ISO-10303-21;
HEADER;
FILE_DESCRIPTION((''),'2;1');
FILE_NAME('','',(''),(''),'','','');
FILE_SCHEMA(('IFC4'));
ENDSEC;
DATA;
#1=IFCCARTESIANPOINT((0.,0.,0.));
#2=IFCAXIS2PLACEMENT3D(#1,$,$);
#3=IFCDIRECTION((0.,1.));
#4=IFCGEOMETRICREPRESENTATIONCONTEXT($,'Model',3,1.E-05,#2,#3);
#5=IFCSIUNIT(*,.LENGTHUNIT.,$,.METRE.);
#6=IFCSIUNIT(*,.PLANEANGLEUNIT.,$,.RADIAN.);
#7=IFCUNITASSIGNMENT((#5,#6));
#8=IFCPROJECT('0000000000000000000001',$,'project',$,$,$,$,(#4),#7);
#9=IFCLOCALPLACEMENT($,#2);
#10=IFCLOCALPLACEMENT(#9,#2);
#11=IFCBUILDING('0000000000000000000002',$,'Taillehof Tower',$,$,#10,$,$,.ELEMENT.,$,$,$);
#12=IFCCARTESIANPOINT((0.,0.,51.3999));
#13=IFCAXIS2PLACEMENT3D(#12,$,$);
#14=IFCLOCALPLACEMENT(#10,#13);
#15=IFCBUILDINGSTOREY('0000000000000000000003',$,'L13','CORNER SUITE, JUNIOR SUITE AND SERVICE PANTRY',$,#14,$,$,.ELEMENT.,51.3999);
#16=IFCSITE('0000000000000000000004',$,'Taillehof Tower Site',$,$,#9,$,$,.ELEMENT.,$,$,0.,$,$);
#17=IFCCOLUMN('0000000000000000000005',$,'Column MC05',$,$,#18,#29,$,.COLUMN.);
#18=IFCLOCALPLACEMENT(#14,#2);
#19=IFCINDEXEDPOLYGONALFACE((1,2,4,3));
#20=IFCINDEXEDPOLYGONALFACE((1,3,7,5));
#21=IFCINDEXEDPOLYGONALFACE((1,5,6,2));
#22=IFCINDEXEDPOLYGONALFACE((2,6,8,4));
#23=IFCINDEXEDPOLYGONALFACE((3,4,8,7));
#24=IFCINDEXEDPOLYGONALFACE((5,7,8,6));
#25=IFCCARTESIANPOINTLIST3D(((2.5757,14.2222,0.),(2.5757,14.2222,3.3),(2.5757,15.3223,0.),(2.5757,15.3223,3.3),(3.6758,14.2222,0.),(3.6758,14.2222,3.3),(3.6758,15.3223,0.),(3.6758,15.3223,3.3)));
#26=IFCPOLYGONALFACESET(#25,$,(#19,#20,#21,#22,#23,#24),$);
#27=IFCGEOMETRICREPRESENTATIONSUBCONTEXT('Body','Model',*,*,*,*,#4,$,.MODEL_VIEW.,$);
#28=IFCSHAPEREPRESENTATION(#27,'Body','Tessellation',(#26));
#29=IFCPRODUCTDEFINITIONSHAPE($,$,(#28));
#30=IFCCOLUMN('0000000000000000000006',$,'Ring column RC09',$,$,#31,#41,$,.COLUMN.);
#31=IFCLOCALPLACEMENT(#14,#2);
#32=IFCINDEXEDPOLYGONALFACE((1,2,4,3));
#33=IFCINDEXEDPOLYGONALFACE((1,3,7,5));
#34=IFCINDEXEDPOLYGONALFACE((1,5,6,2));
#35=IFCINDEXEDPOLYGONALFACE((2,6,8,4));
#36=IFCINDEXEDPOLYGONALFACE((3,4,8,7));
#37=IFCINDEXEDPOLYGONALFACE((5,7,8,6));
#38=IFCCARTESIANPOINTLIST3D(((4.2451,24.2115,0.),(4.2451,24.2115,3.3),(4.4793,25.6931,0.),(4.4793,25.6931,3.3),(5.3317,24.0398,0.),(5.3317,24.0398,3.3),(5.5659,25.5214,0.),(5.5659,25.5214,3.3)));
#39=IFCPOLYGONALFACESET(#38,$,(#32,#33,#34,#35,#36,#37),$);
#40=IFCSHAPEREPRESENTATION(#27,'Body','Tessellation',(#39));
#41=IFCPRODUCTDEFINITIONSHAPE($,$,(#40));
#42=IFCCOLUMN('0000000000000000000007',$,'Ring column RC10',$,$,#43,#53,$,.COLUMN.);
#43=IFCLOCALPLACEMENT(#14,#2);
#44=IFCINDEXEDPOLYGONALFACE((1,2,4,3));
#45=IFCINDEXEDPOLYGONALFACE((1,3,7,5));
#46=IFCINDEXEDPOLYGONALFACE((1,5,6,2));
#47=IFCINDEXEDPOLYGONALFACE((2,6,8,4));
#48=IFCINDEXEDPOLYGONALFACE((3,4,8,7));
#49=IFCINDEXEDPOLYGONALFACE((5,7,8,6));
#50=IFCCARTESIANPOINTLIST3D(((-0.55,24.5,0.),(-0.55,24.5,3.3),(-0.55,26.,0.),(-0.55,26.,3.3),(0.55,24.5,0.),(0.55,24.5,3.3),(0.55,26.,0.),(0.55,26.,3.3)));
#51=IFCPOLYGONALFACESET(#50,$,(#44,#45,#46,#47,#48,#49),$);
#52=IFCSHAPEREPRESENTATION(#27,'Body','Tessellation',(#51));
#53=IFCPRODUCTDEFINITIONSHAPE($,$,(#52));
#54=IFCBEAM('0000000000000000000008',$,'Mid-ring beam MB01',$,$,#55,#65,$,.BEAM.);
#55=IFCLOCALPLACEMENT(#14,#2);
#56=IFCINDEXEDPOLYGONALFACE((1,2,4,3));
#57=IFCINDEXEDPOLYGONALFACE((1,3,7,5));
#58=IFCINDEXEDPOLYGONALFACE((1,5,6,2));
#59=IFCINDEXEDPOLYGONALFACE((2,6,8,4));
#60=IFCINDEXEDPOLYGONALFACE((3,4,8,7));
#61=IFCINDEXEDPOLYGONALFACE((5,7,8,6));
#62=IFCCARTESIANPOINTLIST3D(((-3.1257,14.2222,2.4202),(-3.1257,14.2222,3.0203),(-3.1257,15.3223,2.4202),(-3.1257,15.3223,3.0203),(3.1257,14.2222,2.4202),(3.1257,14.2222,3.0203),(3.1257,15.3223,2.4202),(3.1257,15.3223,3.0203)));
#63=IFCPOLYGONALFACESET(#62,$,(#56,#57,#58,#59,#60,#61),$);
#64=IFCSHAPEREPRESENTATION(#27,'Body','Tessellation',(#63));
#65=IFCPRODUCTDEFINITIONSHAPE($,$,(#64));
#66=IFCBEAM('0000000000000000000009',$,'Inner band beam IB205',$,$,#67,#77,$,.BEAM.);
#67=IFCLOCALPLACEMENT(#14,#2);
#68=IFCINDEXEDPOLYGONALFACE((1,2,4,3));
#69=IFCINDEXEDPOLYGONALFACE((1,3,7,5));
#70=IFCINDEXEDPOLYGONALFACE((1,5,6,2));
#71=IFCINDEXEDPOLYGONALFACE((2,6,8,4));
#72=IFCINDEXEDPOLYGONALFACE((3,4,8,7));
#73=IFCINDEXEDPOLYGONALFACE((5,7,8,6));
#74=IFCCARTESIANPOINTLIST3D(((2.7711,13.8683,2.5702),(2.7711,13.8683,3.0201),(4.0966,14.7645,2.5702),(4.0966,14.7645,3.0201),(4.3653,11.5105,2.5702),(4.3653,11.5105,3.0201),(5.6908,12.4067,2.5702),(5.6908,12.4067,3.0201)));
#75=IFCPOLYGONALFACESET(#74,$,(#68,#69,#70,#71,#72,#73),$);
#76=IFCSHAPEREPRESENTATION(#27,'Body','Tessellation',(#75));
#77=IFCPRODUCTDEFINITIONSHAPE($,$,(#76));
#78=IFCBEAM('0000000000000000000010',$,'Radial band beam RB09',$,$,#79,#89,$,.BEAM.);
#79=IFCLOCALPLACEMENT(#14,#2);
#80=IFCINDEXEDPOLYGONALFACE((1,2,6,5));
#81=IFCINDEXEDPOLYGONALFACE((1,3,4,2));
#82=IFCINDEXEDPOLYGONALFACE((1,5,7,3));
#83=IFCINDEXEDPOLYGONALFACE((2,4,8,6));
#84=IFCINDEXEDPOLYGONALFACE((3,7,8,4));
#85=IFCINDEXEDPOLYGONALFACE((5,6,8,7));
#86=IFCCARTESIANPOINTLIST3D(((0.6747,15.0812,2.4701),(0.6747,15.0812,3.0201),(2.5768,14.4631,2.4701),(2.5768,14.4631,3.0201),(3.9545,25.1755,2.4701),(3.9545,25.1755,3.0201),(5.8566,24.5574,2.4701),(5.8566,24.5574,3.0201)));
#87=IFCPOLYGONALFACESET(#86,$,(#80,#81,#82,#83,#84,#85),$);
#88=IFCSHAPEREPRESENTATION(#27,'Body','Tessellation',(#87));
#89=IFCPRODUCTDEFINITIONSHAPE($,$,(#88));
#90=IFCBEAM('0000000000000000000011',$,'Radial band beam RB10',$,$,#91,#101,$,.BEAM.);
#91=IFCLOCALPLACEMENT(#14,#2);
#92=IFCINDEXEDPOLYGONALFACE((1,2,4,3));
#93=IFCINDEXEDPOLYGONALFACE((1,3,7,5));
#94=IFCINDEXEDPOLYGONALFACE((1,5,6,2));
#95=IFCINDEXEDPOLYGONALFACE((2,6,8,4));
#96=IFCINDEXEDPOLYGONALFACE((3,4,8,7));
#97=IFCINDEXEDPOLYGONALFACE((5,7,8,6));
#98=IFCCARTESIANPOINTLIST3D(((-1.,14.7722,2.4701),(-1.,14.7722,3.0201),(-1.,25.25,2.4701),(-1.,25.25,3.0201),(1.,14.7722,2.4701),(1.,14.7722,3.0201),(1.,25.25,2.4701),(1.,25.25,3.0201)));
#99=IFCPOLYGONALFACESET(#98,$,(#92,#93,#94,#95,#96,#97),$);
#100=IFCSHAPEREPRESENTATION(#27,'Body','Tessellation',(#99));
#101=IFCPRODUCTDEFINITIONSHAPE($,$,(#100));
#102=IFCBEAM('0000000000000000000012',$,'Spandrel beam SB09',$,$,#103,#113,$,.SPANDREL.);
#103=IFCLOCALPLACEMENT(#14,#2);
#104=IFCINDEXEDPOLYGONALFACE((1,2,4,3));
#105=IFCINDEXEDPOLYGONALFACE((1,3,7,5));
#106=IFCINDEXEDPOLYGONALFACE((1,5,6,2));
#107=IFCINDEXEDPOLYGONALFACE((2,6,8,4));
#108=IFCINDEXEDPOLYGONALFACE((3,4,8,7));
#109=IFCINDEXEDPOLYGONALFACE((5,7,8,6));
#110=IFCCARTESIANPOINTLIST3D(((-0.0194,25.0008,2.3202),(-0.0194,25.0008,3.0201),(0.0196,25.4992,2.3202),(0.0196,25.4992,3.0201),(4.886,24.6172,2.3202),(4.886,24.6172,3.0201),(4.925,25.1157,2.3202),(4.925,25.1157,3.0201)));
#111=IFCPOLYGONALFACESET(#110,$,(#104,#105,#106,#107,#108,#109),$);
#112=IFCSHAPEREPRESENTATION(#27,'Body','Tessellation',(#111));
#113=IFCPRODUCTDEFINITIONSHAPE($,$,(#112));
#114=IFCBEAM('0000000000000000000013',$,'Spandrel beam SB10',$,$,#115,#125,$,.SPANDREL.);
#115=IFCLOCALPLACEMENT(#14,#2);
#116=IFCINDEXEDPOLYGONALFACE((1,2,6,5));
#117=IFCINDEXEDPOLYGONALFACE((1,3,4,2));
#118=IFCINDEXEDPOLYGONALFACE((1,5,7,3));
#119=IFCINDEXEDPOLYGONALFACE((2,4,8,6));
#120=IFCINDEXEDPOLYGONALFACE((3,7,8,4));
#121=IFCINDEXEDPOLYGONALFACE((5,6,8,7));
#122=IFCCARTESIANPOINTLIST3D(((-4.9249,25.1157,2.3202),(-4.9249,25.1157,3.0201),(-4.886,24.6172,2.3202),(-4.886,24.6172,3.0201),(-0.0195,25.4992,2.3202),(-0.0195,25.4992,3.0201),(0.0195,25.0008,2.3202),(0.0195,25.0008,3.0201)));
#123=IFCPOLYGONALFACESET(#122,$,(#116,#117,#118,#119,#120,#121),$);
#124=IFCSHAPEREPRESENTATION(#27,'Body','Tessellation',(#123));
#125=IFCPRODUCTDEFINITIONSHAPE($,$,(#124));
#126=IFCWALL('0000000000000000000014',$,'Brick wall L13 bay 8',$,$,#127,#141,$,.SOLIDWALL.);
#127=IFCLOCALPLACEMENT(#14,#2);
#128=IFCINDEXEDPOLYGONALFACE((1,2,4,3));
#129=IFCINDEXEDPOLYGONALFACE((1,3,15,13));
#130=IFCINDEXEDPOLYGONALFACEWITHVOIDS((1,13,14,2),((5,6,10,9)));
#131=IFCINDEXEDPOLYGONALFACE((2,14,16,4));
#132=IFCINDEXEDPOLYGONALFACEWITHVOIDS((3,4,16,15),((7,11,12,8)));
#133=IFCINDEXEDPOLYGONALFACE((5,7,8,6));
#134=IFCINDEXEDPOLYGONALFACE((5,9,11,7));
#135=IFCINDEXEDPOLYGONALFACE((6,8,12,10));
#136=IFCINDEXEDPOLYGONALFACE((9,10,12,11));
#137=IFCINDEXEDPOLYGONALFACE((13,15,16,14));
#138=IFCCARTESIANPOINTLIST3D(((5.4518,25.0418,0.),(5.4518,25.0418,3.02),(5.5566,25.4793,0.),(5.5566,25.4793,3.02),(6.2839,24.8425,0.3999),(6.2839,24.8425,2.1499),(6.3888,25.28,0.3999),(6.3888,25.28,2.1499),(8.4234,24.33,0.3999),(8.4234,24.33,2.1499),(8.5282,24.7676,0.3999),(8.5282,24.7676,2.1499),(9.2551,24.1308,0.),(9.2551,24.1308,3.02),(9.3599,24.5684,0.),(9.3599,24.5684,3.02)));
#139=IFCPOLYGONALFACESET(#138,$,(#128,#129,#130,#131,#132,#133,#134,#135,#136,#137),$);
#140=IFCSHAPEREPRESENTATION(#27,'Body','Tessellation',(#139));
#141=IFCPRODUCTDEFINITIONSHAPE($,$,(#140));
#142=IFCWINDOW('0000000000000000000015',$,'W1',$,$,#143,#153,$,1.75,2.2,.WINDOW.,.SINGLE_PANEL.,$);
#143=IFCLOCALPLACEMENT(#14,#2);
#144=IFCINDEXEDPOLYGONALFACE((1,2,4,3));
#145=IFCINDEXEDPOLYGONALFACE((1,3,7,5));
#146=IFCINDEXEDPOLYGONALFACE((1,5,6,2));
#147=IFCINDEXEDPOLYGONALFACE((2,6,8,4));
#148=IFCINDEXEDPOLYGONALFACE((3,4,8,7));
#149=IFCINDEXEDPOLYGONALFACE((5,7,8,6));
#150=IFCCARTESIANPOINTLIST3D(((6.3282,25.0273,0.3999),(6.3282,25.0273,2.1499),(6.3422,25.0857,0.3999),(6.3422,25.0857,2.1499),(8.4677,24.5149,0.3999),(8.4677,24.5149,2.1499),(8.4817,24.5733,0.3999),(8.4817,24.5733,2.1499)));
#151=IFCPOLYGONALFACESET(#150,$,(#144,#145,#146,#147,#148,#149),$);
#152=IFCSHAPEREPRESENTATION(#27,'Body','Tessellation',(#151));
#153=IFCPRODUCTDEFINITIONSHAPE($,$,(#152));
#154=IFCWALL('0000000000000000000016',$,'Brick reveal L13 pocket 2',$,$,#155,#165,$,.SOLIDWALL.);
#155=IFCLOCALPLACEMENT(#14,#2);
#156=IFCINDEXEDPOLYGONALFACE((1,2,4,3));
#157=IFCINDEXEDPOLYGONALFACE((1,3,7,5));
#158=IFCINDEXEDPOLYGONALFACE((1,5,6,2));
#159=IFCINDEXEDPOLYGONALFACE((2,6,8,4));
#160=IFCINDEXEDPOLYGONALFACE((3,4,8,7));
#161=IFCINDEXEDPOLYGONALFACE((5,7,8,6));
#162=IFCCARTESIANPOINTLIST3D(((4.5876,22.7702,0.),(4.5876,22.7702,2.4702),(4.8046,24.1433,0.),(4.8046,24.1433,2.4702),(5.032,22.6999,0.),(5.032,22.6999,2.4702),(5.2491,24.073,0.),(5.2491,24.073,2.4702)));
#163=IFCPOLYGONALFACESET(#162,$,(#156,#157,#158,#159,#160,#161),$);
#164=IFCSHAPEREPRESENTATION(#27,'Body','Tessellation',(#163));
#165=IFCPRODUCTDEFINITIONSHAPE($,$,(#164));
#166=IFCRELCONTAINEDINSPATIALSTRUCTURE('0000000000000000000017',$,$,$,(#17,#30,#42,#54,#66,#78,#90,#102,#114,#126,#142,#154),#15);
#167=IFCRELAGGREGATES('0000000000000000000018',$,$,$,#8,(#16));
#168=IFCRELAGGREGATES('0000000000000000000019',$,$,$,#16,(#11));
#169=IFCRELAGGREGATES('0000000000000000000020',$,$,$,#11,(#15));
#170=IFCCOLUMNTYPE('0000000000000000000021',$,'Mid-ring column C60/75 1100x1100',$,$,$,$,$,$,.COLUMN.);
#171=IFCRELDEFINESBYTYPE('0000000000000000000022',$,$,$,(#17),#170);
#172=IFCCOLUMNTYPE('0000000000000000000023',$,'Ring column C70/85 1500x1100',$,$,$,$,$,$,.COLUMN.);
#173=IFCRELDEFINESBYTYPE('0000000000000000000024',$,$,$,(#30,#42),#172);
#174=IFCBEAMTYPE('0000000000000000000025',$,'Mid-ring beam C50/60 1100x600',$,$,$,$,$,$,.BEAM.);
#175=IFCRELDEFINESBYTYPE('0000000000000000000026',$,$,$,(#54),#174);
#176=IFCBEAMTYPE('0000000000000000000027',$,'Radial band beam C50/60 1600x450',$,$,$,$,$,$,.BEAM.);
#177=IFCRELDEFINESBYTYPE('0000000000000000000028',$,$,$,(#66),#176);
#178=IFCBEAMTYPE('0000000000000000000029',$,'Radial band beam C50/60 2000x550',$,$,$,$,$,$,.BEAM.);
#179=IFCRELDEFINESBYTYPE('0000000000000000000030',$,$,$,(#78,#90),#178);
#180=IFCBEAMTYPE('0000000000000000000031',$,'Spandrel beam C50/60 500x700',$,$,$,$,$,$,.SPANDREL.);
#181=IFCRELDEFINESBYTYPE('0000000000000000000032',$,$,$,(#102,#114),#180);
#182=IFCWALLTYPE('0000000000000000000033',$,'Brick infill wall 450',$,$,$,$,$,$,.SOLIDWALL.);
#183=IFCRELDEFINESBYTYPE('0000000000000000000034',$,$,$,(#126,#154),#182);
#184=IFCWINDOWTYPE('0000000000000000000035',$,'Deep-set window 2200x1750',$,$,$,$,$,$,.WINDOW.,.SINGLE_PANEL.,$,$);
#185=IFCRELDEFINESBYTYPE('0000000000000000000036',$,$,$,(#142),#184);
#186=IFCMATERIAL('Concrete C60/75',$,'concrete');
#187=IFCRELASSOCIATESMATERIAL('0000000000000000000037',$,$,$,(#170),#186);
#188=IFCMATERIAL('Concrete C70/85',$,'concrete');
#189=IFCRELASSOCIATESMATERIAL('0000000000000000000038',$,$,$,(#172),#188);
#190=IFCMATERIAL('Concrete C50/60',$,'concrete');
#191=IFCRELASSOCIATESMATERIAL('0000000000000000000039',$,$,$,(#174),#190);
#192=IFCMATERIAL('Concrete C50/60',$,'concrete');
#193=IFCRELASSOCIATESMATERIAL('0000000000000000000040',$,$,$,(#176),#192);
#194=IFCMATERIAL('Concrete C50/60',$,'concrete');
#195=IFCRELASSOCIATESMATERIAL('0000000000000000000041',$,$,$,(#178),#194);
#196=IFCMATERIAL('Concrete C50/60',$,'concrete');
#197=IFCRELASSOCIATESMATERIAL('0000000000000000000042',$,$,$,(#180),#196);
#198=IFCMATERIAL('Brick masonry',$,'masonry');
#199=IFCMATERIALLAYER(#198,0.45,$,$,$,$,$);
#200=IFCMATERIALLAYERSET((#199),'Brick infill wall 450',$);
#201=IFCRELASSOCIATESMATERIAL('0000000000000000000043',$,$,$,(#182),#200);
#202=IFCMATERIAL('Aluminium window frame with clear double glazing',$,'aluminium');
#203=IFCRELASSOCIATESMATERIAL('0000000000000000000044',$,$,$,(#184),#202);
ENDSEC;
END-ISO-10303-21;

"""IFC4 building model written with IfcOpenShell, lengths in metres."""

from ifc_helpers import new_model, si_unit, direction, frame, frame_2d, origin, origin_2d, place, context, subcontext, project, spatial, rectangle, extrude, material, layer, layer_set, material_profile, profile_set, type_object, element, fill, save


model = new_model("IFC4")

# Units and contexts
model_context = context("Model", 3, precision=1e-05, world=origin(), true_north=direction((0.0, 1.0)))
body_context = subcontext(model_context, "Body", "Model", "MODEL_VIEW")
ifc_project = project(units=[si_unit("LENGTHUNIT", "METRE"), si_unit("PLANEANGLEUNIT", "RADIAN")], contexts=[model_context])

# Site, building, storey
site_placement = place(None, origin())
site = spatial("IfcSite", under=ifc_project, at=site_placement, Name="Taillehof Tower Site", CompositionType="ELEMENT", RefElevation=0.0)
building_placement = place(site_placement, origin())
building = spatial("IfcBuilding", under=site, at=building_placement, Name="Taillehof Tower", CompositionType="ELEMENT")
storey_placement = place(building_placement, frame((0.0, 0.0, 51.3999)))
storey = spatial("IfcBuildingStorey", under=building, at=storey_placement, Name="L13", Description="CORNER SUITE, JUNIOR SUITE AND SERVICE PANTRY", CompositionType="ELEMENT", Elevation=51.3999)

# Columns
ifc_material_1 = material(Name="Concrete C60/75", Category="concrete")
ifc_material_profile_1 = material_profile(ifc_material_1, rectangle(XDim=1.1001, YDim=1.1001, at=origin_2d()), Name="RC 1100x1100")
ifc_profile_set_1 = profile_set([ifc_material_profile_1], Name="Concrete C60/75")
column_type_1 = type_object("IfcColumnType", Name="Mid-ring column C60/75 1100x1100", PredefinedType="COLUMN", material=ifc_profile_set_1)
column_placement = place(storey_placement, frame((3.1257, 14.7722, 0.0), z_axis=(0.0, 0.0, 1.0), x_axis=(1.0, 0.0, 0.0)))
element("IfcColumn", 1, at=column_placement, inside=storey, type_object=column_type_1, Name="Column MC05", PredefinedType="COLUMN", context=body_context, shape_type="SweptSolid", body=[
    extrude(rectangle(XDim=1.1001, YDim=1.1001, at=origin_2d()), origin(), (0.0, 0.0, 1.0), 3.3),
])
ifc_material_2 = material(Name="Concrete C70/85", Category="concrete")
ifc_material_profile_2 = material_profile(ifc_material_2, rectangle(XDim=1.5, YDim=1.1001, at=origin_2d()), Name="RC 1500x1100")
ifc_profile_set_2 = profile_set([ifc_material_profile_2], Name="Concrete C70/85")
column_type_2 = type_object("IfcColumnType", Name="Ring column C70/85 1500x1100", PredefinedType="COLUMN", material=ifc_profile_set_2)
for number, where, z_axis, x_axis, name in (
    (2, (4.9055, 24.8665, 0.0), (0.0, 0.0, 1.0), (0.156147, 0.987734, 0.0), "Ring column RC09"),
    (3, (0.0, 25.25, 0.0), (0.0, 0.0, 1.0), (0.0, 1.0, 0.0), "Ring column RC10"),
):
    element("IfcColumn", number, at=place(storey_placement, frame(where, z_axis=z_axis, x_axis=x_axis)), inside=storey, type_object=column_type_2, Name=name, PredefinedType="COLUMN", context=body_context, shape_type="SweptSolid", body=[
        extrude(rectangle(XDim=1.5, YDim=1.1001, at=origin_2d()), origin(), (0.0, 0.0, 1.0), 3.3),
    ])

# Beams
ifc_material_3 = material(Name="Concrete C50/60", Category="concrete")
ifc_material_profile_3 = material_profile(ifc_material_3, rectangle(XDim=1.1001, YDim=0.6001, at=origin_2d()), Name="RC 1100x600")
ifc_profile_set_3 = profile_set([ifc_material_profile_3], Name="Concrete C50/60")
beam_type_1 = type_object("IfcBeamType", Name="Mid-ring beam C50/60 1100x600", PredefinedType="BEAM", material=ifc_profile_set_3)
beam_1_placement = place(storey_placement, frame((3.1257, 14.7722, 2.7202), z_axis=(-1.0, 0.0, 0.0), x_axis=(0.0, -1.0, 0.0)))
element("IfcBeam", 4, at=beam_1_placement, inside=storey, type_object=beam_type_1, Name="Mid-ring beam MB01", PredefinedType="BEAM", context=body_context, shape_type="SweptSolid", body=[
    extrude(rectangle(XDim=1.1001, YDim=0.6001, at=origin_2d()), origin(), (0.0, 0.0, 1.0), 6.2515),
])
ifc_material_4 = material(Name="Concrete C50/60", Category="concrete")
ifc_material_profile_4 = material_profile(ifc_material_4, rectangle(XDim=1.6001, YDim=0.45, at=origin_2d()), Name="RC 1600x450")
ifc_profile_set_4 = profile_set([ifc_material_profile_4], Name="Concrete C50/60")
beam_type_2 = type_object("IfcBeamType", Name="Radial band beam C50/60 1600x450", PredefinedType="BEAM", material=ifc_profile_set_4)
beam_2_placement = place(storey_placement, frame((3.4338, 14.3164, 2.7952), z_axis=(0.560112, -0.828417, 0.0), x_axis=(0.828417, 0.560112, 0.0)))
element("IfcBeam", 5, at=beam_2_placement, inside=storey, type_object=beam_type_2, Name="Inner band beam IB205", PredefinedType="BEAM", context=body_context, shape_type="SweptSolid", body=[
    extrude(rectangle(XDim=1.6001, YDim=0.45, at=origin_2d()), origin(), (0.0, 0.0, 1.0), 2.8462),
])
ifc_material_5 = material(Name="Concrete C50/60", Category="concrete")
ifc_material_profile_5 = material_profile(ifc_material_5, rectangle(XDim=2.0, YDim=0.55, at=origin_2d()), Name="RC 2000x550")
ifc_profile_set_5 = profile_set([ifc_material_profile_5], Name="Concrete C50/60")
beam_type_3 = type_object("IfcBeamType", Name="Radial band beam C50/60 2000x550", PredefinedType="BEAM", material=ifc_profile_set_5)
beam_3_placement = place(storey_placement, frame((4.9055, 24.8665, 2.7451), z_axis=(-0.309014, -0.951057, 0.0), x_axis=(0.951057, -0.309014, 0.0)))
element("IfcBeam", 6, at=beam_3_placement, inside=storey, type_object=beam_type_3, Name="Radial band beam RB09", PredefinedType="BEAM", context=body_context, shape_type="SweptSolid", body=[
    extrude(rectangle(XDim=2.0, YDim=0.55, at=origin_2d()), origin(), (0.0, 0.0, 1.0), 10.6138),
])
beam_4_placement = place(storey_placement, frame((0.0, 25.25, 2.7451), z_axis=(0.0, -1.0, 0.0), x_axis=(1.0, 0.0, 0.0)))
element("IfcBeam", 7, at=beam_4_placement, inside=storey, type_object=beam_type_3, Name="Radial band beam RB10", PredefinedType="BEAM", context=body_context, shape_type="SweptSolid", body=[
    extrude(rectangle(XDim=2.0, YDim=0.55, at=origin_2d()), origin(), (0.0, 0.0, 1.0), 10.4778),
])
ifc_material_6 = material(Name="Concrete C50/60", Category="concrete")
ifc_material_profile_6 = material_profile(ifc_material_6, rectangle(XDim=0.5, YDim=0.7, at=origin_2d()), Name="RC 500x700")
ifc_profile_set_6 = profile_set([ifc_material_profile_6], Name="Concrete C50/60")
beam_type_4 = type_object("IfcBeamType", Name="Spandrel beam C50/60 500x700", PredefinedType="SPANDREL", material=ifc_profile_set_6)
for number, where, z_axis, x_axis, name in (
    (8, (4.9055, 24.8665, 2.6702), (-0.996957, 0.077949, 0.0), (-0.077949, -0.996957, 0.0), "Spandrel beam SB09"),
    (9, (0.0, 25.25, 2.6702), (-0.996957, -0.077949, 0.0), (0.077949, -0.996957, 0.0), "Spandrel beam SB10"),
):
    element("IfcBeam", number, at=place(storey_placement, frame(where, z_axis=z_axis, x_axis=x_axis)), inside=storey, type_object=beam_type_4, Name=name, PredefinedType="SPANDREL", context=body_context, shape_type="SweptSolid", body=[
        extrude(rectangle(XDim=0.5, YDim=0.7, at=origin_2d()), origin(), (0.0, 0.0, 1.0), 4.9204),
    ])

# Wall, opening, window
ifc_material_7 = material(Name="Brick masonry", Category="masonry")
ifc_layer_1 = layer(ifc_material_7, 0.45)
ifc_layer_set_1 = layer_set([ifc_layer_1], Name="Brick infill wall 450")
wall_type_1 = type_object("IfcWallType", Name="Brick infill wall 450", PredefinedType="SOLIDWALL", material=ifc_layer_set_1)
wall_1_placement = place(storey_placement, frame((9.3076, 24.3496, 0.0), z_axis=(0.0, 0.0, 1.0), x_axis=(-0.972497, 0.232917, 0.0)))
wall_1 = element("IfcWall", 10, at=wall_1_placement, inside=storey, type_object=wall_type_1, Name="Brick wall L13 bay 8", PredefinedType="SOLIDWALL", context=body_context, shape_type="SweptSolid", body=[
    extrude(rectangle(XDim=3.9109, YDim=0.45, at=frame_2d((1.9556, 0.0))), origin(), (0.0, 0.0, 1.0), 3.02),
])
opening_1_placement = place(wall_1_placement, frame((0.8552, 0.0, 0.3999)))
opening_1 = element("IfcOpeningElement", 11, at=opening_1_placement, cuts=wall_1, PredefinedType="OPENING", context=body_context, shape_type="SweptSolid", body=[
    extrude(rectangle(XDim=2.2, YDim=1.75, at=frame_2d((1.1001, 0.875))), frame((0.0, 0.2349, 0.0), z_axis=(0.0, -1.0, 0.0), x_axis=(1.0, 0.0, 0.0)), (0.0, 0.0, 1.0), 0.47),
])
ifc_material_8 = material(Name="Aluminium window frame with clear double glazing", Category="aluminium")
window_type_1 = type_object("IfcWindowType", Name="Deep-set window 2200x1750", PartitioningType="SINGLE_PANEL", PredefinedType="WINDOW", material=ifc_material_8)
window_1_placement = place(opening_1_placement, origin())
window_1 = element("IfcWindow", 12, at=window_1_placement, inside=storey, type_object=window_type_1, Name="W1", OverallHeight=1.75, OverallWidth=2.2, PartitioningType="SINGLE_PANEL", PredefinedType="WINDOW", context=body_context, shape_type="SweptSolid", body=[
    extrude(rectangle(XDim=2.2, YDim=1.75, at=frame_2d((1.1001, 0.875))), frame((0.0, 0.0349, 0.0), z_axis=(0.0, -1.0, 0.0), x_axis=(1.0, 0.0, 0.0)), (0.0, 0.0, 1.0), 0.0601),
])
fill(opening_1, window_1)

# Wall
wall_2_placement = place(storey_placement, frame((5.0269, 24.1082, 0.0), z_axis=(0.0, 0.0, 1.0), x_axis=(-0.156134, -0.987736, 0.0)))
element("IfcWall", 13, at=wall_2_placement, inside=storey, type_object=wall_type_1, Name="Brick reveal L13 pocket 2", PredefinedType="SOLIDWALL", context=body_context, shape_type="SweptSolid", body=[
    extrude(rectangle(XDim=1.3901, YDim=0.45, at=frame_2d((0.6951, 0.0))), origin(), (0.0, 0.0, 1.0), 2.4702),
])

save(model, "model.ifc")
